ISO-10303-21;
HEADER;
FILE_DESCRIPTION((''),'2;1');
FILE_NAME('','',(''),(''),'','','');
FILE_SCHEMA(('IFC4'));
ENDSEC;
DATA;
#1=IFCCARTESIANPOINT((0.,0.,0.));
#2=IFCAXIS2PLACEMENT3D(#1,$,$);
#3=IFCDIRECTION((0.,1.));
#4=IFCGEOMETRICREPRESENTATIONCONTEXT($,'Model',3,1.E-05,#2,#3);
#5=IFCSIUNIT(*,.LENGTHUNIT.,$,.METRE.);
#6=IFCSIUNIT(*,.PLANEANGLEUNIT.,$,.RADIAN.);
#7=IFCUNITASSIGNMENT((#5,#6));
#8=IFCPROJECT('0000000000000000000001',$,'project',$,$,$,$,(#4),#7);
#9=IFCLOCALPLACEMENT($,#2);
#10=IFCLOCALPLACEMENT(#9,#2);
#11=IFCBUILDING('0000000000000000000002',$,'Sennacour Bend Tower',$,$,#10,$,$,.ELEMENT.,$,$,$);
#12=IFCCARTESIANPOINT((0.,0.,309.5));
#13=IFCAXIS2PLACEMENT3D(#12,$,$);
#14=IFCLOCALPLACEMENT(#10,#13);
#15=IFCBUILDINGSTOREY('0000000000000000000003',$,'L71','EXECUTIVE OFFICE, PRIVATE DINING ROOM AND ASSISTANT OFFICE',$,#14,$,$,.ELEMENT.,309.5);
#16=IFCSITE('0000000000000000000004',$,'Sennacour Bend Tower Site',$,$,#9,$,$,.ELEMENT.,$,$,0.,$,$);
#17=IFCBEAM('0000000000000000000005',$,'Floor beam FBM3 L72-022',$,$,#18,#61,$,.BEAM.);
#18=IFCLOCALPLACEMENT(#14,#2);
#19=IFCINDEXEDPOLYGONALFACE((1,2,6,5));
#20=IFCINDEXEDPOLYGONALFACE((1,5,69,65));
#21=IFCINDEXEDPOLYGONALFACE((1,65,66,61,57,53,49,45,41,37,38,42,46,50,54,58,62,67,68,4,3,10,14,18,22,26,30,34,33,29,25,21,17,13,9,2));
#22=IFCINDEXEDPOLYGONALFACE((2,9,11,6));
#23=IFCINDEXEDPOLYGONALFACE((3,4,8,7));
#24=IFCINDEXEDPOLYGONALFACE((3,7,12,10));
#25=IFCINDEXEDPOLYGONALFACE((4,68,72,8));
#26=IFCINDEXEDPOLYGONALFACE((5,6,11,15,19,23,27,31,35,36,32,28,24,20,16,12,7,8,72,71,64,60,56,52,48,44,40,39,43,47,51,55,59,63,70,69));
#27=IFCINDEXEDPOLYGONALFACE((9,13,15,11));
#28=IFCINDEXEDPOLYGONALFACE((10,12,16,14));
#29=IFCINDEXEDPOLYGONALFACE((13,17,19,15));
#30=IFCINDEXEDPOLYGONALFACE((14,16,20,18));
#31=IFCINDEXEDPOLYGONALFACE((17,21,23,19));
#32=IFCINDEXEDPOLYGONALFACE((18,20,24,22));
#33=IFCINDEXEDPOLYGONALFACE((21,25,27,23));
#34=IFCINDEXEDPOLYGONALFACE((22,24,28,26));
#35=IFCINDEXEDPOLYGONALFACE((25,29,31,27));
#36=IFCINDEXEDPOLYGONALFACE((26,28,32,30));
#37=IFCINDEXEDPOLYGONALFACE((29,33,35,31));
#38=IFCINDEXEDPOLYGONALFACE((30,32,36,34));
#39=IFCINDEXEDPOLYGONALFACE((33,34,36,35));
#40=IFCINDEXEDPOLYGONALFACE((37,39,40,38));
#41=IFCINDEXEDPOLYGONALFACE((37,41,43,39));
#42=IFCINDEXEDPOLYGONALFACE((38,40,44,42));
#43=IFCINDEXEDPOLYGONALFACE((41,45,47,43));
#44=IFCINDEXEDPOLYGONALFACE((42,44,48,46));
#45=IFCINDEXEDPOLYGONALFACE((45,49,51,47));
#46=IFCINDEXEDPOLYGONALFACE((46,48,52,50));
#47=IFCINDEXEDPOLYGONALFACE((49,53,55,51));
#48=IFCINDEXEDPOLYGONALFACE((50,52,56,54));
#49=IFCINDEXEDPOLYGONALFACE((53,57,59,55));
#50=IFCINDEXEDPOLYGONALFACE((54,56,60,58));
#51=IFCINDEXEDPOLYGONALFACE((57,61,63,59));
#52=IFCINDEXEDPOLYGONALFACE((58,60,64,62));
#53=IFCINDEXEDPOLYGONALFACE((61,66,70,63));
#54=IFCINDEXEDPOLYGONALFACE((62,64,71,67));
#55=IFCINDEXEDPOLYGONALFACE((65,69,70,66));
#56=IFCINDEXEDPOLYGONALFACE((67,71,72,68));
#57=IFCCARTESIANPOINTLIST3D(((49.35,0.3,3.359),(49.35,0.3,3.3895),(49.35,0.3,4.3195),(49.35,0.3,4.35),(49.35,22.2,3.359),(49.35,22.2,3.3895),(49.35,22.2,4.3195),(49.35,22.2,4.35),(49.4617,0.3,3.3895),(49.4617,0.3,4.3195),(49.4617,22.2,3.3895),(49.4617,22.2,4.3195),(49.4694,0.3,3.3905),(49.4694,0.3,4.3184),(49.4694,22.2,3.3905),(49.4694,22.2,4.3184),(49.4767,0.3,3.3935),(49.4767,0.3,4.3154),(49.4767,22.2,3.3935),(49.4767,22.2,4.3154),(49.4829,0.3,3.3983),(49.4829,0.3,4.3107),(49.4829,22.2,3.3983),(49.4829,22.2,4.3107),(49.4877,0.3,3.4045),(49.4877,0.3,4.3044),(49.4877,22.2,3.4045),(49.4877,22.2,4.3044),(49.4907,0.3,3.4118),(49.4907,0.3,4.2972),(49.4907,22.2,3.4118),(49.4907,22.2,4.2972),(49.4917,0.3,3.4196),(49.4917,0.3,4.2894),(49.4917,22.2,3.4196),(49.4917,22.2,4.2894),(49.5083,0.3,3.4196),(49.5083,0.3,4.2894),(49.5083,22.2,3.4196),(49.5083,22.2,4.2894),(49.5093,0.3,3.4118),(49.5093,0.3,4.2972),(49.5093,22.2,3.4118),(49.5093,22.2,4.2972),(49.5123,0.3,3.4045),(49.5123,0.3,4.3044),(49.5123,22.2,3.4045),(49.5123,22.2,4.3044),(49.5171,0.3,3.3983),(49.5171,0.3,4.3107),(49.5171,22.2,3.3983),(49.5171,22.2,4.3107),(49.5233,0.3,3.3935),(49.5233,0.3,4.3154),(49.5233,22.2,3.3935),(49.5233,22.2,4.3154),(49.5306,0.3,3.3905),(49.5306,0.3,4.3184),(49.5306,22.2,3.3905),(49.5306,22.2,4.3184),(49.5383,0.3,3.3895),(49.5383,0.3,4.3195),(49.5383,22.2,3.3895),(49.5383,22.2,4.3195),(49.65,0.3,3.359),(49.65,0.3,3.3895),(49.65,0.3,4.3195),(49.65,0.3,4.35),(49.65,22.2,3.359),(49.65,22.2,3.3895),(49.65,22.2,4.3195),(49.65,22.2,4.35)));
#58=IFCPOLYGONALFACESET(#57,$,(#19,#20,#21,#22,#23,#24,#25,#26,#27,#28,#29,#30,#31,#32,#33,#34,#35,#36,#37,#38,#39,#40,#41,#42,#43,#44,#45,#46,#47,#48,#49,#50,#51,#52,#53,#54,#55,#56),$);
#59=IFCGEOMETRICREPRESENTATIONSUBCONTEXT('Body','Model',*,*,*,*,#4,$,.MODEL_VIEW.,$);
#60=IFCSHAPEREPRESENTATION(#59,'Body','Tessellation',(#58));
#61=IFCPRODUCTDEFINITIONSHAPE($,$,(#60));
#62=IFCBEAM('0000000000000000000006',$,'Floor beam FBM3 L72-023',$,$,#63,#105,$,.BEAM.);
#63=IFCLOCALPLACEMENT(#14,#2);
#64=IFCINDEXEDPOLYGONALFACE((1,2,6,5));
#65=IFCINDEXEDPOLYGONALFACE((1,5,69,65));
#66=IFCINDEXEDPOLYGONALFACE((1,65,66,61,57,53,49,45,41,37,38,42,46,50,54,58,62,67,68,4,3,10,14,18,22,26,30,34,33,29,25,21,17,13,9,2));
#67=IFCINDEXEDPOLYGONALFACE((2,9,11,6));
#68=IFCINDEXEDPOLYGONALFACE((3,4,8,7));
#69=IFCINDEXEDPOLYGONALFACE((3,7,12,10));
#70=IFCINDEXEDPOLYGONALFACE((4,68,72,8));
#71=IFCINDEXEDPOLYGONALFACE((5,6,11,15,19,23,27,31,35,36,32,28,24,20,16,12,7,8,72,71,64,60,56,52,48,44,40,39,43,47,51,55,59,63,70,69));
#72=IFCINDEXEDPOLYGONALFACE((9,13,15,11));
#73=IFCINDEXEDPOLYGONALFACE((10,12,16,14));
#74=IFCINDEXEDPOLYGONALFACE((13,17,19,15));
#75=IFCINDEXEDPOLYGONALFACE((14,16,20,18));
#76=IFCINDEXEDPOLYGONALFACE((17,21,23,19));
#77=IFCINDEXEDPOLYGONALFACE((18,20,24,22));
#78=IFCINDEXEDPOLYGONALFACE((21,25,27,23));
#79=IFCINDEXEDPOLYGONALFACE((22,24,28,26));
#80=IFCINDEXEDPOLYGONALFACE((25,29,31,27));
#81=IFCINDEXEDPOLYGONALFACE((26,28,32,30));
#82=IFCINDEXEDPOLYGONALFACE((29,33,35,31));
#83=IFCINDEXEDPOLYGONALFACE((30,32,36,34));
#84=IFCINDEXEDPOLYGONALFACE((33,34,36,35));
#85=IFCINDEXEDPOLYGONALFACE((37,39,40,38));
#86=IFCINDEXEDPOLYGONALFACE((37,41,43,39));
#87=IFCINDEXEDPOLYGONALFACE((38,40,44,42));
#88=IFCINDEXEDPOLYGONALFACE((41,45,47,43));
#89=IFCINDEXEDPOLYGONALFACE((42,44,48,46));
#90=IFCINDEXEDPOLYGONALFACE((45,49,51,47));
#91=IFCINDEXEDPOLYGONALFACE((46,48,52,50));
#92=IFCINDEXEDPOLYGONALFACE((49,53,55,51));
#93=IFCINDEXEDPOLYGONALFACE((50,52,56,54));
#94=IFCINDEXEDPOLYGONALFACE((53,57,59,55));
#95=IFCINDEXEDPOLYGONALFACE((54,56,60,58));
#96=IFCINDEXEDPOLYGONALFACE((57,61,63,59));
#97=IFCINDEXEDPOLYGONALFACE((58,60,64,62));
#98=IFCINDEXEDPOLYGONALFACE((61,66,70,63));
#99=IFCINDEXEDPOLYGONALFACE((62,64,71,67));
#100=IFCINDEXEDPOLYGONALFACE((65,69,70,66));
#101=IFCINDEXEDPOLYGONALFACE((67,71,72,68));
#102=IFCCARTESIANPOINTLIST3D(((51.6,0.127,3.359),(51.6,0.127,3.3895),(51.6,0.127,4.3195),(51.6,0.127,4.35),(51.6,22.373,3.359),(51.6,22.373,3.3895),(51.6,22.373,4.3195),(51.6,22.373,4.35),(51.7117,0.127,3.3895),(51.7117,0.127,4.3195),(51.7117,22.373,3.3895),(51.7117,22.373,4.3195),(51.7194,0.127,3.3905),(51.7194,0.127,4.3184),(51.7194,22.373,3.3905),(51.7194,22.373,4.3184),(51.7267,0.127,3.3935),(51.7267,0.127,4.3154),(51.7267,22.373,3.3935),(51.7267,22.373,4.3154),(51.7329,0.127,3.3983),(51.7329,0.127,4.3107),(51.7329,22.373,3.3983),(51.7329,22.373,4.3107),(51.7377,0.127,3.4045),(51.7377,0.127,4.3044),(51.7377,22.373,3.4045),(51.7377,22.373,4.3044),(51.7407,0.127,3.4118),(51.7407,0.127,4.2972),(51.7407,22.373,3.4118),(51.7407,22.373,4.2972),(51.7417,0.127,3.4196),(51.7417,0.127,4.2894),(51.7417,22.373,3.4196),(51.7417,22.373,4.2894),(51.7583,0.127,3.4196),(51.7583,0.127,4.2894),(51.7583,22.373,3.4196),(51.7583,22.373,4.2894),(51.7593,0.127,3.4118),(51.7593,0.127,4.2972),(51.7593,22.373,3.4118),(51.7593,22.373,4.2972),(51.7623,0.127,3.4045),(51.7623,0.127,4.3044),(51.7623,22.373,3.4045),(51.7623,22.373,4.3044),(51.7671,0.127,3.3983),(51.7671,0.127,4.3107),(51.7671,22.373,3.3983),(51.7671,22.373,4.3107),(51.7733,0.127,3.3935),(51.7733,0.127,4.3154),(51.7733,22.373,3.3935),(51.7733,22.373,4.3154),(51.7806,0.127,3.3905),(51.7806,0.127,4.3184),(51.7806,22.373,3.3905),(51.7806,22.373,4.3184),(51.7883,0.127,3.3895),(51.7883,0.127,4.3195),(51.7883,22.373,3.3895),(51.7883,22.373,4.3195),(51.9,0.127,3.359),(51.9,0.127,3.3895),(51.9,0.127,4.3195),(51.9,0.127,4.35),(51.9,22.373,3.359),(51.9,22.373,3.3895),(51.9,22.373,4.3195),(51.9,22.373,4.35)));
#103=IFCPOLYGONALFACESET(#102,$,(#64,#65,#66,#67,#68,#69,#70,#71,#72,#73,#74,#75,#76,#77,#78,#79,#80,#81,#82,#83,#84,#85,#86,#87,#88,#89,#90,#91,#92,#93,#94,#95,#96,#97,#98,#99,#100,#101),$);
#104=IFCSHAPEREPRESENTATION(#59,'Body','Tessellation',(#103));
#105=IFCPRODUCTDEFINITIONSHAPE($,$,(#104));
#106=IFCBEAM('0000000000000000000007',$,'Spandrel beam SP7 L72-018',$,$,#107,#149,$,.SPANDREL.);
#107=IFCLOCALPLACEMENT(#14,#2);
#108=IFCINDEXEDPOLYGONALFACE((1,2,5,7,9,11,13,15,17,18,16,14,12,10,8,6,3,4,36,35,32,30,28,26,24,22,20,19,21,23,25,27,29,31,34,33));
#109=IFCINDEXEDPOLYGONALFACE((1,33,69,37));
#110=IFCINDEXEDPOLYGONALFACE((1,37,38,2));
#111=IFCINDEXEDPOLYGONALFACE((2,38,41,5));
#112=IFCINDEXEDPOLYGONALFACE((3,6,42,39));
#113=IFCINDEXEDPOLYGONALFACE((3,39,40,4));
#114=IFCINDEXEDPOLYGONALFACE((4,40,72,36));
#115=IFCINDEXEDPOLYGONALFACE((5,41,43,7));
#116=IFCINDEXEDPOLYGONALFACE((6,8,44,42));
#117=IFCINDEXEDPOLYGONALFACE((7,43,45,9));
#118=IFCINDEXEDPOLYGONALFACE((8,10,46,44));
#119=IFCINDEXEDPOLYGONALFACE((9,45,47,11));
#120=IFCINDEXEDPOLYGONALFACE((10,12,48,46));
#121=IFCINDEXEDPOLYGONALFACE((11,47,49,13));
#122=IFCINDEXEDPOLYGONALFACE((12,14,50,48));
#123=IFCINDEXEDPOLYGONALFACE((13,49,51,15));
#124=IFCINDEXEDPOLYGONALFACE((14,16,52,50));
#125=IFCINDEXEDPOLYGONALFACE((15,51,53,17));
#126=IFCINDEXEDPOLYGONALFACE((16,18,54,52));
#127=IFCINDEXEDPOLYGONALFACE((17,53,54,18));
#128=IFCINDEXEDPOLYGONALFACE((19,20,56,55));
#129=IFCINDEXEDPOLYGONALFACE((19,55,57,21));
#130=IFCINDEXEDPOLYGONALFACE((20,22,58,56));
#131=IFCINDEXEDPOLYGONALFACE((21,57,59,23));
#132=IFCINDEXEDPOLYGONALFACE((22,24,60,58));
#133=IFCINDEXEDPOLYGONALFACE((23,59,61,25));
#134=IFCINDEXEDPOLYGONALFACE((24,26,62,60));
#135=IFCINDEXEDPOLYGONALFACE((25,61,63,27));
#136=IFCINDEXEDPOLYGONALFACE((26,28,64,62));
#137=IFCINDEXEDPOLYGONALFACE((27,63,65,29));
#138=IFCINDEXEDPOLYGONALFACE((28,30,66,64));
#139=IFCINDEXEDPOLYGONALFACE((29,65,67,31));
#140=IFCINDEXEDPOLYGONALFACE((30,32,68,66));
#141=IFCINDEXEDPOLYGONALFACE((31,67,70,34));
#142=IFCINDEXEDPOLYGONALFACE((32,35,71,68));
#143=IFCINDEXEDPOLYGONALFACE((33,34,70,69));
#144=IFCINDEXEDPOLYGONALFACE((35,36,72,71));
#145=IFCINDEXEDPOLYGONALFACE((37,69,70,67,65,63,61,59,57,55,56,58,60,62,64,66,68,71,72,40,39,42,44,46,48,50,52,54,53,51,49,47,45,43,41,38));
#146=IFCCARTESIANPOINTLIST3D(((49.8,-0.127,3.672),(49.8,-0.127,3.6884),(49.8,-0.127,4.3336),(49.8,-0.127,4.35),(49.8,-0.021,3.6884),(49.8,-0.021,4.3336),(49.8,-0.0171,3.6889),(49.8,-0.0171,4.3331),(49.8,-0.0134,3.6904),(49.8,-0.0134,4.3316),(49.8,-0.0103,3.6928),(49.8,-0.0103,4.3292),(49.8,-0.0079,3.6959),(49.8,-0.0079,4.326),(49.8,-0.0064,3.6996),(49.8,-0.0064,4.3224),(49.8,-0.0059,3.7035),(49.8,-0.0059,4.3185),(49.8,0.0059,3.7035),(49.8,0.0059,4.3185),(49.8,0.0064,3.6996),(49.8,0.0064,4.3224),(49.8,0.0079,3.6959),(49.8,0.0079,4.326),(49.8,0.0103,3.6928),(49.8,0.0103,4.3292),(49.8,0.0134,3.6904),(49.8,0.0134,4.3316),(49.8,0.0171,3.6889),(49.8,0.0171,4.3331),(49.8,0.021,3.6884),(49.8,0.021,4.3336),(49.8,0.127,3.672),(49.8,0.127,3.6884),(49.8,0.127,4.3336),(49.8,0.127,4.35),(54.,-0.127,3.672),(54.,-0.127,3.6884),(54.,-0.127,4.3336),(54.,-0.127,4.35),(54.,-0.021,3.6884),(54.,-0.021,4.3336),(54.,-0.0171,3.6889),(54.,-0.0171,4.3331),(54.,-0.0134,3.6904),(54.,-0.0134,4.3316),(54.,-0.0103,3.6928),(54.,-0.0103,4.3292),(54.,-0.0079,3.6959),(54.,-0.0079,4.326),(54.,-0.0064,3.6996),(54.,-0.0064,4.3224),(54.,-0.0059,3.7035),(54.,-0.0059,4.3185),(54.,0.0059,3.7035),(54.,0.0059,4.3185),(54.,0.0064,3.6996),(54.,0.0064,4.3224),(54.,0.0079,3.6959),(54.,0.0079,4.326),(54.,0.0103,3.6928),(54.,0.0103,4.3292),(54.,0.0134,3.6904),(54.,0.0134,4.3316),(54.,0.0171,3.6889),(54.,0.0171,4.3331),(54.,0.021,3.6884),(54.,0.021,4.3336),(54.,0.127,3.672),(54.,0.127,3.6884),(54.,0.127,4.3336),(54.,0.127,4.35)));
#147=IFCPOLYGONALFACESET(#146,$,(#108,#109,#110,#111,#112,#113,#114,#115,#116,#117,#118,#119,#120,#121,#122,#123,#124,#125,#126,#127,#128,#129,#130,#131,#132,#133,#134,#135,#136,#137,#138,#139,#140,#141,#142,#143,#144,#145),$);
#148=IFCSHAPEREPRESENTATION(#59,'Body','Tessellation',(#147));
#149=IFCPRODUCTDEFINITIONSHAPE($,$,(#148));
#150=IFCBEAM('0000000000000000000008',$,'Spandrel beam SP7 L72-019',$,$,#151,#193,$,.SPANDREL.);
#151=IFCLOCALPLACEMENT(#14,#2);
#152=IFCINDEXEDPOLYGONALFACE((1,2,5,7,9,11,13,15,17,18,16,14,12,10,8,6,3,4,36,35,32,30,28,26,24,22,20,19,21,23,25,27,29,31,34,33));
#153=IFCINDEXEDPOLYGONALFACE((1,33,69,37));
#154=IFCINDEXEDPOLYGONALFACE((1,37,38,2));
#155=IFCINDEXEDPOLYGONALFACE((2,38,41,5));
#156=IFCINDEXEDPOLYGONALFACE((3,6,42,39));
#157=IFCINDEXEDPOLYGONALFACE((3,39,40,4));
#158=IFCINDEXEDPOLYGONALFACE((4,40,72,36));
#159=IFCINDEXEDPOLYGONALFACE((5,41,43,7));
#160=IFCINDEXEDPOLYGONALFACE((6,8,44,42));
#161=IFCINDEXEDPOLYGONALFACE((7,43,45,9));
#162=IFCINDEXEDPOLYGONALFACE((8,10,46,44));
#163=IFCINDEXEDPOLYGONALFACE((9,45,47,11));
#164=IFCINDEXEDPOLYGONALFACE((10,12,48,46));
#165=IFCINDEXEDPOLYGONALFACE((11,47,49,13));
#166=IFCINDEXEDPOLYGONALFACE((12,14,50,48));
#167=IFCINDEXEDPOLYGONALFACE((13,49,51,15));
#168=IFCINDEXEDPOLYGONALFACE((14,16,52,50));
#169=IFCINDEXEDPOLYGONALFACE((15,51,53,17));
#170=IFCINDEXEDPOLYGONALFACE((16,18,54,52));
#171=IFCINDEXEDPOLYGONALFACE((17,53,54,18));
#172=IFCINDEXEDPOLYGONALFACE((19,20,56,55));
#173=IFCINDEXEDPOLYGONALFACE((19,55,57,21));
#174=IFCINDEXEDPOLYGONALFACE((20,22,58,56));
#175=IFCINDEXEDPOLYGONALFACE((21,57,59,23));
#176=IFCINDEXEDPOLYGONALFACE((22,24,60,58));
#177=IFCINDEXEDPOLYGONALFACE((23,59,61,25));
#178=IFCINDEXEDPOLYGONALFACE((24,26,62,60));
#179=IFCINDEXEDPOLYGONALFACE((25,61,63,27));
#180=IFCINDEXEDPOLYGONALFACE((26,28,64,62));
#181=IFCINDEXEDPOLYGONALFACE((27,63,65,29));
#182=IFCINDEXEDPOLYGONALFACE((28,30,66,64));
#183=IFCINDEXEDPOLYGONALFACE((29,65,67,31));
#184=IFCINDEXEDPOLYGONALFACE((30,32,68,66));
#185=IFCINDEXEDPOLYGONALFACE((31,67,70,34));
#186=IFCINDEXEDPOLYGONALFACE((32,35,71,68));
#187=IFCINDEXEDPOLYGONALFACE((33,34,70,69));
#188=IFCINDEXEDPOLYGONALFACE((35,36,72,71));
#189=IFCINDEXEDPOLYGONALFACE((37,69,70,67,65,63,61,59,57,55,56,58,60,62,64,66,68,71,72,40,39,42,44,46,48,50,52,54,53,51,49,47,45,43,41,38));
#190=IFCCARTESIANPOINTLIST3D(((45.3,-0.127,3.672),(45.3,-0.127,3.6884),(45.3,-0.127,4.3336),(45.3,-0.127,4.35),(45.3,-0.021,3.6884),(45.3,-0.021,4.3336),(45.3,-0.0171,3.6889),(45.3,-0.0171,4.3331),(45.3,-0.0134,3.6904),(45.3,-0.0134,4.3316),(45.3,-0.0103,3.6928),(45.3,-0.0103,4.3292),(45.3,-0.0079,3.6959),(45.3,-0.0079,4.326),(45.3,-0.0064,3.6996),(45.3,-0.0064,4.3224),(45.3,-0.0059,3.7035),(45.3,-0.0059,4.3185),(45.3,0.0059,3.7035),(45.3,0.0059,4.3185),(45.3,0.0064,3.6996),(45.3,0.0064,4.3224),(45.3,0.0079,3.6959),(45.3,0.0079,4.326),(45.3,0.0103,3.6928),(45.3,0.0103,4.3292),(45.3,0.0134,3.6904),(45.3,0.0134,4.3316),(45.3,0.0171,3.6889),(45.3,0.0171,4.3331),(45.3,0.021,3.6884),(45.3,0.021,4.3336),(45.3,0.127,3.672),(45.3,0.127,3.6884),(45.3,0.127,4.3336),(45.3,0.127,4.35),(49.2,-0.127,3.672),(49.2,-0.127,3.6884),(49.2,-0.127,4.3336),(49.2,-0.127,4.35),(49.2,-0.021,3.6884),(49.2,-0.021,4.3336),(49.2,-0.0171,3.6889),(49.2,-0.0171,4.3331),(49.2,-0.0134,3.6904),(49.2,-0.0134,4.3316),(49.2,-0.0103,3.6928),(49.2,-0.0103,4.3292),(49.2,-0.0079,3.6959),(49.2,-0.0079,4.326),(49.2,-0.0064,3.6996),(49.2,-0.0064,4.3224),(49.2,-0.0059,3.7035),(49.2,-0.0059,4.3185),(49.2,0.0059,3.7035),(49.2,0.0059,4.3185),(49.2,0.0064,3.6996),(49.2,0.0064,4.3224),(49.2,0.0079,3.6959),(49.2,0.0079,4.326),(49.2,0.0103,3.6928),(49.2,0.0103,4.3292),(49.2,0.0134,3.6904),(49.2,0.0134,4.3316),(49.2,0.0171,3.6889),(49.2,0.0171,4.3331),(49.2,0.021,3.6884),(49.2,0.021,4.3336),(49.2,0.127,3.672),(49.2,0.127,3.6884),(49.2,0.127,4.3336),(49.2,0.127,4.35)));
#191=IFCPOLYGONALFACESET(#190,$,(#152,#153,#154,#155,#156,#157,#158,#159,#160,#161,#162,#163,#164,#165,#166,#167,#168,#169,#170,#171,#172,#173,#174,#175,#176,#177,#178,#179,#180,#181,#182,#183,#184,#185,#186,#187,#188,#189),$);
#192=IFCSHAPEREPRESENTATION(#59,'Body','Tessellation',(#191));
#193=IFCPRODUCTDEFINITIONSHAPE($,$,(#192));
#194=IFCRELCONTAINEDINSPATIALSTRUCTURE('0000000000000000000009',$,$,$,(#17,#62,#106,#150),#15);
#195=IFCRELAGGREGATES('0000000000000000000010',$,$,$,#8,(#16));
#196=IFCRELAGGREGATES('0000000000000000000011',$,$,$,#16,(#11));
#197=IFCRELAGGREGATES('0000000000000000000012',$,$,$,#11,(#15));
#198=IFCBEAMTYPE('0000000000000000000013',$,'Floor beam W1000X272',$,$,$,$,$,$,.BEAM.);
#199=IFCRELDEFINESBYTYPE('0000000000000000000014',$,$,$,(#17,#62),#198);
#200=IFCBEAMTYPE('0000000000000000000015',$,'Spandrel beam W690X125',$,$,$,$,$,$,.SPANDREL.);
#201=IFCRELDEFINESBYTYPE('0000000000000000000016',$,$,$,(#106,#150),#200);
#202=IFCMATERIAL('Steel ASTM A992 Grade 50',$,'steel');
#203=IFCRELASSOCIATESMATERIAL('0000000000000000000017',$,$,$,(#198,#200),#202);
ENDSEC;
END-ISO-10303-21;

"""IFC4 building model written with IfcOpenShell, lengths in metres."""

from ifc_helpers import new_model, si_unit, direction, frame, origin, origin_2d, place, context, subcontext, project, spatial, i_section, extrude, material, material_profile, profile_set, type_object, element, save


model = new_model("IFC4")

# Units and contexts
model_context = context("Model", 3, precision=1e-05, world=origin(), true_north=direction((0.0, 1.0)))
body_context = subcontext(model_context, "Body", "Model", "MODEL_VIEW")
ifc_project = project(units=[si_unit("LENGTHUNIT", "METRE"), si_unit("PLANEANGLEUNIT", "RADIAN")], contexts=[model_context])

# Site, building, storey
site_placement = place(None, origin())
site = spatial("IfcSite", under=ifc_project, at=site_placement, Name="Sennacour Bend Tower Site", CompositionType="ELEMENT", RefElevation=0.0)
building_placement = place(site_placement, origin())
building = spatial("IfcBuilding", under=site, at=building_placement, Name="Sennacour Bend Tower", CompositionType="ELEMENT")
storey_placement = place(building_placement, frame((0.0, 0.0, 309.5)))
storey = spatial("IfcBuildingStorey", under=building, at=storey_placement, Name="L71", Description="EXECUTIVE OFFICE, PRIVATE DINING ROOM AND ASSISTANT OFFICE", CompositionType="ELEMENT", Elevation=309.5)

# Beams
ifc_material_1 = material(Name="Steel ASTM A992 Grade 50", Category="steel")
ifc_material_profile_1 = material_profile(ifc_material_1, i_section(OverallWidth=0.3, OverallDepth=0.991, WebThickness=0.0166, FlangeThickness=0.0305, FilletRadius=0.03, at=origin_2d()), Name="Steel ASTM A992 Grade 50", Category="steel")
ifc_profile_set_1 = profile_set([ifc_material_profile_1], Name="Steel ASTM A992 Grade 50")
beam_type_1 = type_object("IfcBeamType", Name="Floor beam W1000X272", PredefinedType="BEAM", material=ifc_profile_set_1)
beam_1_placement = place(storey_placement, frame((49.5, 0.3, 3.8545), z_axis=(0.0, 1.0, 0.0), x_axis=(-1.0, 0.0, 0.0)))
element("IfcBeam", 1, at=beam_1_placement, inside=storey, type_object=beam_type_1, Name="Floor beam FBM3 L72-022", PredefinedType="BEAM", context=body_context, shape_type="SweptSolid", body=[
    extrude(i_section(OverallWidth=0.3, OverallDepth=0.991, WebThickness=0.0166, FlangeThickness=0.0305, FilletRadius=0.03, at=origin_2d()), origin(), (0.0, 0.0, 1.0), 21.8999),
])
beam_2_placement = place(storey_placement, frame((51.75, 0.127, 3.8545), z_axis=(0.0, 1.0, 0.0), x_axis=(-1.0, 0.0, 0.0)))
element("IfcBeam", 2, at=beam_2_placement, inside=storey, type_object=beam_type_1, Name="Floor beam FBM3 L72-023", PredefinedType="BEAM", context=body_context, shape_type="SweptSolid", body=[
    extrude(i_section(OverallWidth=0.3, OverallDepth=0.991, WebThickness=0.0166, FlangeThickness=0.0305, FilletRadius=0.03, at=origin_2d()), origin(), (0.0, 0.0, 1.0), 22.2461),
])
ifc_material_profile_2 = material_profile(ifc_material_1, i_section(OverallWidth=0.2539, OverallDepth=0.678, WebThickness=0.0117, FlangeThickness=0.0164, FilletRadius=0.0151, at=origin_2d()), Name="Steel ASTM A992 Grade 50", Category="steel")
ifc_profile_set_2 = profile_set([ifc_material_profile_2], Name="Steel ASTM A992 Grade 50")
beam_type_2 = type_object("IfcBeamType", Name="Spandrel beam W690X125", PredefinedType="SPANDREL", material=ifc_profile_set_2)
beam_3_placement = place(storey_placement, frame((54.0, 0.0, 4.011), z_axis=(-1.0, 0.0, 0.0), x_axis=(0.0, -1.0, 0.0)))
element("IfcBeam", 3, at=beam_3_placement, inside=storey, type_object=beam_type_2, Name="Spandrel beam SP7 L72-018", PredefinedType="SPANDREL", context=body_context, shape_type="SweptSolid", body=[
    extrude(i_section(OverallWidth=0.2539, OverallDepth=0.678, WebThickness=0.0117, FlangeThickness=0.0164, FilletRadius=0.0151, at=origin_2d()), origin(), (0.0, 0.0, 1.0), 4.2),
])
beam_4_placement = place(storey_placement, frame((49.2, 0.0, 4.011), z_axis=(-1.0, 0.0, 0.0), x_axis=(0.0, -1.0, 0.0)))
element("IfcBeam", 4, at=beam_4_placement, inside=storey, type_object=beam_type_2, Name="Spandrel beam SP7 L72-019", PredefinedType="SPANDREL", context=body_context, shape_type="SweptSolid", body=[
    extrude(i_section(OverallWidth=0.2539, OverallDepth=0.678, WebThickness=0.0117, FlangeThickness=0.0164, FilletRadius=0.0151, at=origin_2d()), origin(), (0.0, 0.0, 1.0), 3.8999),
])

save(model, "model.ifc")
